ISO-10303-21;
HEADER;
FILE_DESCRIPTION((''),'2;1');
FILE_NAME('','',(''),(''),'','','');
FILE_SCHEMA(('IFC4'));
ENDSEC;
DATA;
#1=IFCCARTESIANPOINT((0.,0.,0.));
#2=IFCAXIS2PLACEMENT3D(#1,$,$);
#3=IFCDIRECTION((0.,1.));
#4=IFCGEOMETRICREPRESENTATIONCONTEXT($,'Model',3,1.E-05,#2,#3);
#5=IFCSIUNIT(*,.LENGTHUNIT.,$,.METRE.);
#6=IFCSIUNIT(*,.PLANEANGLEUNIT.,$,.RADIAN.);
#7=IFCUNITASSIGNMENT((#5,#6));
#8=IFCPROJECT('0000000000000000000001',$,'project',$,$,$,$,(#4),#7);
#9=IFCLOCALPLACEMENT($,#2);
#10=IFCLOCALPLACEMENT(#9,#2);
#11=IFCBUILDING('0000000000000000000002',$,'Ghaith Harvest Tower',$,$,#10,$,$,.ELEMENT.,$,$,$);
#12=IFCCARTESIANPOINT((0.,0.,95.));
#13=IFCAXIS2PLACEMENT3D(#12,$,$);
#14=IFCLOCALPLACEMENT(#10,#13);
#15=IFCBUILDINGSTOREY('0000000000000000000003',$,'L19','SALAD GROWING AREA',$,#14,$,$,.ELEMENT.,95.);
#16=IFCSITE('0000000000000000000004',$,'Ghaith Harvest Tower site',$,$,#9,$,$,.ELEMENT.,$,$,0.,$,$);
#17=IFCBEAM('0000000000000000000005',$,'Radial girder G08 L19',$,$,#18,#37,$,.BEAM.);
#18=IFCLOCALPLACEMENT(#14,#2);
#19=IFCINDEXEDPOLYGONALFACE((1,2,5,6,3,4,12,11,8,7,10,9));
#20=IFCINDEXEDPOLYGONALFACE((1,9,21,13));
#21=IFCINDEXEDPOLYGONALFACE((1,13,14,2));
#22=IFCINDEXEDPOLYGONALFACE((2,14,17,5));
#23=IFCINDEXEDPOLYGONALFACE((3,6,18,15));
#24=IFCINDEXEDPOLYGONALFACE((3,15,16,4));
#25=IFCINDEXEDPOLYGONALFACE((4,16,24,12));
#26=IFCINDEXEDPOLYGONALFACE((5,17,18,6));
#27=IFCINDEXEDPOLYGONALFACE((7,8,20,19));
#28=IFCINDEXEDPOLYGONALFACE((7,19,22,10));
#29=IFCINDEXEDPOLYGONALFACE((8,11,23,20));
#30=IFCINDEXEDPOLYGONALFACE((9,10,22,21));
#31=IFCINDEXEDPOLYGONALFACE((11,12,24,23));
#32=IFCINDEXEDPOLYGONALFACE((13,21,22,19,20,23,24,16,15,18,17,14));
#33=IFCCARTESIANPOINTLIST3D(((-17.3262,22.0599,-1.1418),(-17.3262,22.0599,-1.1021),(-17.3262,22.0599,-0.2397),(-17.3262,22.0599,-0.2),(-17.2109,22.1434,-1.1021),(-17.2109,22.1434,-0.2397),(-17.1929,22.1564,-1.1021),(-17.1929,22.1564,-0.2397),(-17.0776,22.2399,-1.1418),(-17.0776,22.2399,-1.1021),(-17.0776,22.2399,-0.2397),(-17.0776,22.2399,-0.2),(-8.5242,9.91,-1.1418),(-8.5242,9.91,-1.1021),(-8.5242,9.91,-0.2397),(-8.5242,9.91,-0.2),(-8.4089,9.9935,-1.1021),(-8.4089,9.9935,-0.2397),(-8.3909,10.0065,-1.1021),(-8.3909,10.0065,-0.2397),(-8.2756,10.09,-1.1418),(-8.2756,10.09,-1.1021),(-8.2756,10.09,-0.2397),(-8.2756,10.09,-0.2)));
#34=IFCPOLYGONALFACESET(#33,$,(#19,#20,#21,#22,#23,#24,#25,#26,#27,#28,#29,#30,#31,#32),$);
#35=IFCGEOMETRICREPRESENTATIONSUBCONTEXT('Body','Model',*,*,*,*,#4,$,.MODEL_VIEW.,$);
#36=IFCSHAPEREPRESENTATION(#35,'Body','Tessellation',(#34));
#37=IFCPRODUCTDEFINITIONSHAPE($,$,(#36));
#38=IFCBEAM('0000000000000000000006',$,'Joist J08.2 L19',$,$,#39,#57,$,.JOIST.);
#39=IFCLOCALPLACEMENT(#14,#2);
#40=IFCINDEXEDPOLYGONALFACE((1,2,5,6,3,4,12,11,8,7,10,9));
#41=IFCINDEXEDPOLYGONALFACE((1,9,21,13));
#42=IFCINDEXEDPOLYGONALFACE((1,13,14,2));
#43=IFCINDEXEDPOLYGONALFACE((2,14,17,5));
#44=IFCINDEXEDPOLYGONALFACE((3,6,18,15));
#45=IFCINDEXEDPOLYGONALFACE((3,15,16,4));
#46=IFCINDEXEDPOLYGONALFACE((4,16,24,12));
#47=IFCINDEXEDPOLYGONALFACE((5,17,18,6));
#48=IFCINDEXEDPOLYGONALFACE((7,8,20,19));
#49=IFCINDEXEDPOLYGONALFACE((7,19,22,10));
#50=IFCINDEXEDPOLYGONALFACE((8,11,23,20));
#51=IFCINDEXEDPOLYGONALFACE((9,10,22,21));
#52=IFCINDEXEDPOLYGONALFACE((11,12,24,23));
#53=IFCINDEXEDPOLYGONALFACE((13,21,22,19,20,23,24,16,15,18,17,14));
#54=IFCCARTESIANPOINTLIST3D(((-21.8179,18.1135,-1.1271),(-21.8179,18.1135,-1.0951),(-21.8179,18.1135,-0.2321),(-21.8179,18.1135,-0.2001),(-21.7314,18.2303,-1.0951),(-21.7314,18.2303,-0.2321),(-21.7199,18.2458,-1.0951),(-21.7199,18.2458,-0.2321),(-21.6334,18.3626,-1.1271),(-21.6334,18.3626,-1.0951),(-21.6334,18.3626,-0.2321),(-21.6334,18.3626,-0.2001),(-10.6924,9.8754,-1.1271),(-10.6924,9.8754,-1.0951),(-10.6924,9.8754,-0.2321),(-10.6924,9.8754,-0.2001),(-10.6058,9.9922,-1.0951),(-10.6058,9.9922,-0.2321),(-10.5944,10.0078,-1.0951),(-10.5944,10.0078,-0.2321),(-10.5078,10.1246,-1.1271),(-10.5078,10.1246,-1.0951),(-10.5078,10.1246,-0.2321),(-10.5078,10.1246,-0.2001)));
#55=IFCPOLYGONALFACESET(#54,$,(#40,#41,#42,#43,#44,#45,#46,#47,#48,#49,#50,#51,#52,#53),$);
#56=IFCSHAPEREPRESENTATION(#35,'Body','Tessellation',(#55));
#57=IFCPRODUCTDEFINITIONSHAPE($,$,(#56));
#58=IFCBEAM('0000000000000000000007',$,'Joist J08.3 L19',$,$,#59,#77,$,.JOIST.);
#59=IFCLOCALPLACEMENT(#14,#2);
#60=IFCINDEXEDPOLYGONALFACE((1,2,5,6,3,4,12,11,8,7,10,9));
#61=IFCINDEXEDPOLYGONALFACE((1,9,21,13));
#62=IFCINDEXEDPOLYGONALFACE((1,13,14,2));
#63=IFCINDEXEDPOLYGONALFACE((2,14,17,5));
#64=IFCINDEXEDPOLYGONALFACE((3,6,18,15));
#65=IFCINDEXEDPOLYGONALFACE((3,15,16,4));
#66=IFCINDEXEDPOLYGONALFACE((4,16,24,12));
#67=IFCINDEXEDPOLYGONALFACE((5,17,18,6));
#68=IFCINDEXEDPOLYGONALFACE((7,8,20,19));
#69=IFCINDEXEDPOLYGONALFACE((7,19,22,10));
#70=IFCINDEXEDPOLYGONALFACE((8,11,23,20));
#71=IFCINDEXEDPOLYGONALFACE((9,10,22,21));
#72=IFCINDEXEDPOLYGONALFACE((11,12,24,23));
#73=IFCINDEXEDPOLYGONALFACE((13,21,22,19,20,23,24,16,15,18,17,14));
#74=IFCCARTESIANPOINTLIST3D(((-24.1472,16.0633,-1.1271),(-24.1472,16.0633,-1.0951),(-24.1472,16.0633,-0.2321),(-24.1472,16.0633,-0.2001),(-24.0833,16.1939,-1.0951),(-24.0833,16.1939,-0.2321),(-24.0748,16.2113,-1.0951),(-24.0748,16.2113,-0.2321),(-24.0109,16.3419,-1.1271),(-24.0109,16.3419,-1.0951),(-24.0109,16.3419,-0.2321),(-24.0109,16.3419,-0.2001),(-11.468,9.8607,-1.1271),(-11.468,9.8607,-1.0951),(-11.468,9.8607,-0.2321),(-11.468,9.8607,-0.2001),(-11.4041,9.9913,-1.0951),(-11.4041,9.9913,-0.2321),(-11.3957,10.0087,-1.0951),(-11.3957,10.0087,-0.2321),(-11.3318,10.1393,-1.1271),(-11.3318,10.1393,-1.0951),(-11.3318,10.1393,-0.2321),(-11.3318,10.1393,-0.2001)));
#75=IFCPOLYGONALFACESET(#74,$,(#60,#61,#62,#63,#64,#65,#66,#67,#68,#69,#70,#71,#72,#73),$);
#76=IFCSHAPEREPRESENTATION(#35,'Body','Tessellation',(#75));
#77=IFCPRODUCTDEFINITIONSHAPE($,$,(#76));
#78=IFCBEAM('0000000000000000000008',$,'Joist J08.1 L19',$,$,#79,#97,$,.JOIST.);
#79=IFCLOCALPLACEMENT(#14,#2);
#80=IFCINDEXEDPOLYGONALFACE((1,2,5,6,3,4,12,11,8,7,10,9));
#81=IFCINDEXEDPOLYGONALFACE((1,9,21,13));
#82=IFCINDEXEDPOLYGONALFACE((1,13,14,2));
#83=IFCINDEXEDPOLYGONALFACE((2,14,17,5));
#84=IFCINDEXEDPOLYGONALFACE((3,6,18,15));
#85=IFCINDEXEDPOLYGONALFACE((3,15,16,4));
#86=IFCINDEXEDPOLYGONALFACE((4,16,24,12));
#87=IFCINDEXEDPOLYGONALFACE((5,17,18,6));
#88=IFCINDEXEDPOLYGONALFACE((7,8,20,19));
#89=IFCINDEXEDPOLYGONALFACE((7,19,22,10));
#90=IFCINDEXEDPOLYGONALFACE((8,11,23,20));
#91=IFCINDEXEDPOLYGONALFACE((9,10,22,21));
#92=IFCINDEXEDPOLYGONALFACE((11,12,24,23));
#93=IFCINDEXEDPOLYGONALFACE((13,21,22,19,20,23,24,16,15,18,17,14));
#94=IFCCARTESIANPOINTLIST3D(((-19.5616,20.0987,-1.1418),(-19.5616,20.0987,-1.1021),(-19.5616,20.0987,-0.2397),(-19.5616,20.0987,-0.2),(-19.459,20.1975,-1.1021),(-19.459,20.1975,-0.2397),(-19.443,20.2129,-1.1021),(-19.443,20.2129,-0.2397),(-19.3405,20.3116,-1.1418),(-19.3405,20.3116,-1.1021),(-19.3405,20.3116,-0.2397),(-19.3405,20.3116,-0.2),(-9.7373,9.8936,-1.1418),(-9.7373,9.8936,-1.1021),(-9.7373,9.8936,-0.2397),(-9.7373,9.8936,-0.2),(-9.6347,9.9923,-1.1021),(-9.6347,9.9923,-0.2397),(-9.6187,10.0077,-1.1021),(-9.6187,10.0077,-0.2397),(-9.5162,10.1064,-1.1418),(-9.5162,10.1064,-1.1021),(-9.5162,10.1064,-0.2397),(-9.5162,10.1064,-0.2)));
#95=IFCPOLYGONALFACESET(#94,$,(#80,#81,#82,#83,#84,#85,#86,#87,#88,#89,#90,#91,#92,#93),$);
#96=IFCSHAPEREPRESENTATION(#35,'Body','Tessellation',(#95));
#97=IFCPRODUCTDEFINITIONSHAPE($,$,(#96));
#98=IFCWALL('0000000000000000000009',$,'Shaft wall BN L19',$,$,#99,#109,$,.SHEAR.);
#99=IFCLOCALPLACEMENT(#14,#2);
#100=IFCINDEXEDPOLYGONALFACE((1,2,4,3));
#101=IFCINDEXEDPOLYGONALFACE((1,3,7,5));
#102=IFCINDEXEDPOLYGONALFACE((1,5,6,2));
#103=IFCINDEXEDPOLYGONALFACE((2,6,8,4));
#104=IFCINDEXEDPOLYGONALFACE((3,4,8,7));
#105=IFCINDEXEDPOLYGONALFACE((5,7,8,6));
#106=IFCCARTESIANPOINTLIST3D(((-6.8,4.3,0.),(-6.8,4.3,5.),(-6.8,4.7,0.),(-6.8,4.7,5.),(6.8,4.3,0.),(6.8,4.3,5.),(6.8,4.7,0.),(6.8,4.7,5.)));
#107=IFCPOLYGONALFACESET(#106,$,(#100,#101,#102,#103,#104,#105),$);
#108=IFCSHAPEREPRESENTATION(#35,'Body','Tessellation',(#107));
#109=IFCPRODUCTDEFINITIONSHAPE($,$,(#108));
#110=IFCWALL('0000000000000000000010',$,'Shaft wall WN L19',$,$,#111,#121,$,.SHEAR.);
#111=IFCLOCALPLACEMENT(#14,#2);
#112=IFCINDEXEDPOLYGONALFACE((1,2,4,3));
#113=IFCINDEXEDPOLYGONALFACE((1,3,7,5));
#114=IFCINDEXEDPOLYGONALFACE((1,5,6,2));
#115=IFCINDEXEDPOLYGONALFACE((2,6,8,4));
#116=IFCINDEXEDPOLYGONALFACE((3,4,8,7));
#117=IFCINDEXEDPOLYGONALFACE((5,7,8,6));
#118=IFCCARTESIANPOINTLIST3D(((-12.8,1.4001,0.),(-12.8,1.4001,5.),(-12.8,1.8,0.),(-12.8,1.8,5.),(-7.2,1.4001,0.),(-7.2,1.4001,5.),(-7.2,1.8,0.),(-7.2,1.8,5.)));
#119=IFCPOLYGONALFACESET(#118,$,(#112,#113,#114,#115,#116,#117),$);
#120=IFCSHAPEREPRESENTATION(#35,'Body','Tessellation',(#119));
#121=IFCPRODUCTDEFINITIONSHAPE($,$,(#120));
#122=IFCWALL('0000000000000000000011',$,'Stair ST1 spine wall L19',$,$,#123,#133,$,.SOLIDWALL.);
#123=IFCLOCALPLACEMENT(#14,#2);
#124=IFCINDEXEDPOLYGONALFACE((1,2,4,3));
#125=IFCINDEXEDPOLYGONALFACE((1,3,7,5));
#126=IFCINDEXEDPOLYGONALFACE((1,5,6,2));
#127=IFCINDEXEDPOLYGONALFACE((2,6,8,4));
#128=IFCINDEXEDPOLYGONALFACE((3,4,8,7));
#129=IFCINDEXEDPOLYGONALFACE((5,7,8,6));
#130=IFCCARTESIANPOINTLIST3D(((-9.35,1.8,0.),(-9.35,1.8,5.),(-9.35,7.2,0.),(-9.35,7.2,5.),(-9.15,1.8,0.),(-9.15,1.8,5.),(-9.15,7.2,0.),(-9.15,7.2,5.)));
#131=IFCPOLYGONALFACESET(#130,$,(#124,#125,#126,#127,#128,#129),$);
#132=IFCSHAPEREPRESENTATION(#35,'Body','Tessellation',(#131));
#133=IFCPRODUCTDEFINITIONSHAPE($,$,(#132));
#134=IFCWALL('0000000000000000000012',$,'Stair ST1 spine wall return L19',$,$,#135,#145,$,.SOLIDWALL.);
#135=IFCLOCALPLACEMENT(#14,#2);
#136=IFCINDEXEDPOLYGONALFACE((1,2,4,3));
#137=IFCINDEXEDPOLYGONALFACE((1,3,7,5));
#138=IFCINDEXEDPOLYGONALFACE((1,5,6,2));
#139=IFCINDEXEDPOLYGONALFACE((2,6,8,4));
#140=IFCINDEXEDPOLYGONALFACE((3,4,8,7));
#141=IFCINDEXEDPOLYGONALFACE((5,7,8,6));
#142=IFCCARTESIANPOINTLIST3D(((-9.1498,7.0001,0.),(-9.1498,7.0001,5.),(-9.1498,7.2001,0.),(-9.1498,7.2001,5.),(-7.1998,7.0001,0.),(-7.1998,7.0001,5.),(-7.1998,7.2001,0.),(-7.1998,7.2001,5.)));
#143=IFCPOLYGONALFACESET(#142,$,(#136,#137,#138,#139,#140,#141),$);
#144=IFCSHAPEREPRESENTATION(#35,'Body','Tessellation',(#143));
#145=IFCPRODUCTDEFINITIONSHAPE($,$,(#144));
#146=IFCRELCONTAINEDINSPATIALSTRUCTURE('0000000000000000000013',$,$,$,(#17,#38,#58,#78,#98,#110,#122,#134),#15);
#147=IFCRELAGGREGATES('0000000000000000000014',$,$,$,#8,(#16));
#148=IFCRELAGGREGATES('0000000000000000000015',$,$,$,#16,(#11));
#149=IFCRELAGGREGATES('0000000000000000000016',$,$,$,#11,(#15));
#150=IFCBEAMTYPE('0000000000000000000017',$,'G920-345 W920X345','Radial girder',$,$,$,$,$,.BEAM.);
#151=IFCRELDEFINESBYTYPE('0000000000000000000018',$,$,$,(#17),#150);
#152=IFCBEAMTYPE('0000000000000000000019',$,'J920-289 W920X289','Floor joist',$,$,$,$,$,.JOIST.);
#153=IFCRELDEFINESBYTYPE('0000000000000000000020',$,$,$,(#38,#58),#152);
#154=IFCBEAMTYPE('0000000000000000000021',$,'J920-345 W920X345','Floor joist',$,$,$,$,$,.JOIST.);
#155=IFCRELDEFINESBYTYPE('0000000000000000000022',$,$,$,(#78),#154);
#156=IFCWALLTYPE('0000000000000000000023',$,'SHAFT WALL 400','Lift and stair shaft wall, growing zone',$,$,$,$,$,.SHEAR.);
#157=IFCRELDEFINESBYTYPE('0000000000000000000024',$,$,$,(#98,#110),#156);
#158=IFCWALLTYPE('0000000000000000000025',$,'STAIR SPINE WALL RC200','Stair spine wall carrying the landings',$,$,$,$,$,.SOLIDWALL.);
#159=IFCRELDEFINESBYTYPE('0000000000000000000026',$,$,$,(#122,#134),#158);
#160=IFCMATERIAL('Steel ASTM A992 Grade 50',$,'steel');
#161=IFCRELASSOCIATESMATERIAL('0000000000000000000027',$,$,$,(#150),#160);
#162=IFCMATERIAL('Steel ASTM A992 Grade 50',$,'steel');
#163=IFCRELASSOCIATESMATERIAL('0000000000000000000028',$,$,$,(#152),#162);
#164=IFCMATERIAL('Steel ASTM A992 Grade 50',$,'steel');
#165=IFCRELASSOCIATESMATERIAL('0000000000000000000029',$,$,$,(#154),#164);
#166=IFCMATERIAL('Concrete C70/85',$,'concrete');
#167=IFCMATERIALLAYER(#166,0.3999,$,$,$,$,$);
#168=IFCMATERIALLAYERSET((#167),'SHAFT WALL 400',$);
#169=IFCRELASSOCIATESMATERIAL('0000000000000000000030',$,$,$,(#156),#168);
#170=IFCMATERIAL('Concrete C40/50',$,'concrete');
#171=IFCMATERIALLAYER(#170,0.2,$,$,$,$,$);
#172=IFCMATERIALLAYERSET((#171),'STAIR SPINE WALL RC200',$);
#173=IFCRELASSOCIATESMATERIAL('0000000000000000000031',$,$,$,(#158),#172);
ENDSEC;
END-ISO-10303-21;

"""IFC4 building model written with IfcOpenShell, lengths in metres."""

from ifc_helpers import new_model, si_unit, direction, frame, frame_2d, origin, origin_2d, place, context, subcontext, project, spatial, rectangle, i_section, extrude, material, layer, layer_set, material_profile, profile_set, type_object, element, save


model = new_model("IFC4")

# Units and contexts
model_context = context("Model", 3, precision=1e-05, world=origin(), true_north=direction((0.0, 1.0)))
body_context = subcontext(model_context, "Body", "Model", "MODEL_VIEW")
ifc_project = project(units=[si_unit("LENGTHUNIT", "METRE"), si_unit("PLANEANGLEUNIT", "RADIAN")], contexts=[model_context])

# Site, building, storey
site_placement = place(None, origin())
site = spatial("IfcSite", under=ifc_project, at=site_placement, Name="Ghaith Harvest Tower site", CompositionType="ELEMENT", RefElevation=0.0)
building_placement = place(site_placement, origin())
building = spatial("IfcBuilding", under=site, at=building_placement, Name="Ghaith Harvest Tower", CompositionType="ELEMENT")
storey_placement = place(building_placement, frame((0.0, 0.0, 95.0)))
storey = spatial("IfcBuildingStorey", under=building, at=storey_placement, Name="L19", Description="SALAD GROWING AREA", CompositionType="ELEMENT", Elevation=95.0)

# Beams
ifc_material_1 = material(Name="Steel ASTM A992 Grade 50", Category="steel")
ifc_material_profile_1 = material_profile(ifc_material_1, i_section(OverallWidth=0.3069, OverallDepth=0.9419, WebThickness=0.0222, FlangeThickness=0.0398, at=origin_2d()), Name="W920X345")
ifc_profile_set_1 = profile_set([ifc_material_profile_1], Name="Steel ASTM A992 Grade 50")
beam_type_1 = type_object("IfcBeamType", Name="G920-345 W920X345", Description="Radial girder", PredefinedType="BEAM", material=ifc_profile_set_1)
beam_1_placement = place(storey_placement, frame((-8.3999, 10.0, -0.6709), z_axis=(-0.586676, 0.809822, 0.0), x_axis=(-0.809822, -0.586676, 0.0)))
element("IfcBeam", 1, at=beam_1_placement, inside=storey, type_object=beam_type_1, Name="Radial girder G08 L19", PredefinedType="BEAM", context=body_context, shape_type="SweptSolid", body=[
    extrude(i_section(OverallWidth=0.3069, OverallDepth=0.9419, WebThickness=0.0222, FlangeThickness=0.0398, at=origin_2d()), origin(), (0.0, 0.0, 1.0), 15.0032),
])
ifc_material_2 = material(Name="Steel ASTM A992 Grade 50", Category="steel")
ifc_material_profile_2 = material_profile(ifc_material_2, i_section(OverallWidth=0.3101, OverallDepth=0.927, WebThickness=0.0193, FlangeThickness=0.032, at=origin_2d()), Name="W920X289")
ifc_profile_set_2 = profile_set([ifc_material_profile_2], Name="Steel ASTM A992 Grade 50")
beam_type_2 = type_object("IfcBeamType", Name="J920-289 W920X289", Description="Floor joist", PredefinedType="JOIST", material=ifc_profile_set_2)
beam_2_placement = place(storey_placement, frame((-10.6001, 10.0, -0.6636), z_axis=(-0.803663, 0.595085, 0.0), x_axis=(-0.595085, -0.803663, 0.0)))
element("IfcBeam", 2, at=beam_2_placement, inside=storey, type_object=beam_type_2, Name="Joist J08.2 L19", PredefinedType="JOIST", context=body_context, shape_type="SweptSolid", body=[
    extrude(i_section(OverallWidth=0.3101, OverallDepth=0.927, WebThickness=0.0193, FlangeThickness=0.032, at=origin_2d()), origin(), (0.0, 0.0, 1.0), 13.8435),
])
beam_3_placement = place(storey_placement, frame((-11.3999, 10.0, -0.6636), z_axis=(-0.898275, 0.439434, 0.0), x_axis=(-0.439434, -0.898275, 0.0)))
element("IfcBeam", 3, at=beam_3_placement, inside=storey, type_object=beam_type_2, Name="Joist J08.3 L19", PredefinedType="JOIST", context=body_context, shape_type="SweptSolid", body=[
    extrude(i_section(OverallWidth=0.3101, OverallDepth=0.927, WebThickness=0.0193, FlangeThickness=0.032, at=origin_2d()), origin(), (0.0, 0.0, 1.0), 14.115),
])
ifc_material_3 = material(Name="Steel ASTM A992 Grade 50", Category="steel")
ifc_material_profile_3 = material_profile(ifc_material_3, i_section(OverallWidth=0.3069, OverallDepth=0.9419, WebThickness=0.0222, FlangeThickness=0.0398, at=origin_2d()), Name="W920X345")
ifc_profile_set_3 = profile_set([ifc_material_profile_3], Name="Steel ASTM A992 Grade 50")
beam_type_3 = type_object("IfcBeamType", Name="J920-345 W920X345", Description="Floor joist", PredefinedType="JOIST", material=ifc_profile_set_3)
beam_4_placement = place(storey_placement, frame((-9.6267, 10.0, -0.6709), z_axis=(-0.693536, 0.720422, 0.0), x_axis=(-0.720422, -0.693536, 0.0)))
element("IfcBeam", 4, at=beam_4_placement, inside=storey, type_object=beam_type_3, Name="Joist J08.1 L19", PredefinedType="JOIST", context=body_context, shape_type="SweptSolid", body=[
    extrude(i_section(OverallWidth=0.3069, OverallDepth=0.9419, WebThickness=0.0222, FlangeThickness=0.0398, at=origin_2d()), origin(), (0.0, 0.0, 1.0), 14.1655),
])

# Shared definitions
ifc_material_4 = material(Name="Concrete C70/85", Category="concrete")
ifc_layer_1 = layer(ifc_material_4, 0.3999)
ifc_layer_set_1 = layer_set([ifc_layer_1], Name="SHAFT WALL 400")
wall_type_1 = type_object("IfcWallType", Name="SHAFT WALL 400", Description="Lift and stair shaft wall, growing zone", PredefinedType="SHEAR", material=ifc_layer_set_1)

# Walls
wall_1_placement = place(storey_placement, frame((-6.8, 4.5, 0.0), z_axis=(0.0, 0.0, 1.0), x_axis=(1.0, 0.0, 0.0)))
element("IfcWall", 5, at=wall_1_placement, inside=storey, type_object=wall_type_1, Name="Shaft wall BN L19", PredefinedType="SHEAR", context=body_context, shape_type="SweptSolid", body=[
    extrude(rectangle(XDim=13.6001, YDim=0.3999, at=frame_2d((6.8, 0.0))), origin(), (0.0, 0.0, 1.0), 5.0),
])
wall_2_placement = place(storey_placement, frame((-12.8, 1.6001, 0.0), z_axis=(0.0, 0.0, 1.0), x_axis=(1.0, 0.0, 0.0)))
element("IfcWall", 6, at=wall_2_placement, inside=storey, type_object=wall_type_1, Name="Shaft wall WN L19", PredefinedType="SHEAR", context=body_context, shape_type="SweptSolid", body=[
    extrude(rectangle(XDim=5.6001, YDim=0.3999, at=frame_2d((2.8, 0.0))), origin(), (0.0, 0.0, 1.0), 5.0),
])
ifc_material_5 = material(Name="Concrete C40/50", Category="concrete")
ifc_layer_2 = layer(ifc_material_5, 0.2)
ifc_layer_set_2 = layer_set([ifc_layer_2], Name="STAIR SPINE WALL RC200")
wall_type_2 = type_object("IfcWallType", Name="STAIR SPINE WALL RC200", Description="Stair spine wall carrying the landings", PredefinedType="SOLIDWALL", material=ifc_layer_set_2)
wall_3_placement = place(storey_placement, frame((-9.25, 7.2, 0.0), z_axis=(0.0, 0.0, 1.0), x_axis=(0.0, -1.0, 0.0)))
element("IfcWall", 7, at=wall_3_placement, inside=storey, type_object=wall_type_2, Name="Stair ST1 spine wall L19", PredefinedType="SOLIDWALL", context=body_context, shape_type="SweptSolid", body=[
    extrude(rectangle(XDim=5.3999, YDim=0.2, at=frame_2d((2.7, 0.0))), origin(), (0.0, 0.0, 1.0), 5.0),
])
wall_4_placement = place(storey_placement, frame((-9.1499, 7.1001, 0.0), z_axis=(0.0, 0.0, 1.0), x_axis=(1.0, 0.0, 0.0)))
element("IfcWall", 8, at=wall_4_placement, inside=storey, type_object=wall_type_2, Name="Stair ST1 spine wall return L19", PredefinedType="SOLIDWALL", context=body_context, shape_type="SweptSolid", body=[
    extrude(rectangle(XDim=1.95, YDim=0.2, at=frame_2d((0.9751, 0.0))), origin(), (0.0, 0.0, 1.0), 5.0),
])

save(model, "model.ifc")
